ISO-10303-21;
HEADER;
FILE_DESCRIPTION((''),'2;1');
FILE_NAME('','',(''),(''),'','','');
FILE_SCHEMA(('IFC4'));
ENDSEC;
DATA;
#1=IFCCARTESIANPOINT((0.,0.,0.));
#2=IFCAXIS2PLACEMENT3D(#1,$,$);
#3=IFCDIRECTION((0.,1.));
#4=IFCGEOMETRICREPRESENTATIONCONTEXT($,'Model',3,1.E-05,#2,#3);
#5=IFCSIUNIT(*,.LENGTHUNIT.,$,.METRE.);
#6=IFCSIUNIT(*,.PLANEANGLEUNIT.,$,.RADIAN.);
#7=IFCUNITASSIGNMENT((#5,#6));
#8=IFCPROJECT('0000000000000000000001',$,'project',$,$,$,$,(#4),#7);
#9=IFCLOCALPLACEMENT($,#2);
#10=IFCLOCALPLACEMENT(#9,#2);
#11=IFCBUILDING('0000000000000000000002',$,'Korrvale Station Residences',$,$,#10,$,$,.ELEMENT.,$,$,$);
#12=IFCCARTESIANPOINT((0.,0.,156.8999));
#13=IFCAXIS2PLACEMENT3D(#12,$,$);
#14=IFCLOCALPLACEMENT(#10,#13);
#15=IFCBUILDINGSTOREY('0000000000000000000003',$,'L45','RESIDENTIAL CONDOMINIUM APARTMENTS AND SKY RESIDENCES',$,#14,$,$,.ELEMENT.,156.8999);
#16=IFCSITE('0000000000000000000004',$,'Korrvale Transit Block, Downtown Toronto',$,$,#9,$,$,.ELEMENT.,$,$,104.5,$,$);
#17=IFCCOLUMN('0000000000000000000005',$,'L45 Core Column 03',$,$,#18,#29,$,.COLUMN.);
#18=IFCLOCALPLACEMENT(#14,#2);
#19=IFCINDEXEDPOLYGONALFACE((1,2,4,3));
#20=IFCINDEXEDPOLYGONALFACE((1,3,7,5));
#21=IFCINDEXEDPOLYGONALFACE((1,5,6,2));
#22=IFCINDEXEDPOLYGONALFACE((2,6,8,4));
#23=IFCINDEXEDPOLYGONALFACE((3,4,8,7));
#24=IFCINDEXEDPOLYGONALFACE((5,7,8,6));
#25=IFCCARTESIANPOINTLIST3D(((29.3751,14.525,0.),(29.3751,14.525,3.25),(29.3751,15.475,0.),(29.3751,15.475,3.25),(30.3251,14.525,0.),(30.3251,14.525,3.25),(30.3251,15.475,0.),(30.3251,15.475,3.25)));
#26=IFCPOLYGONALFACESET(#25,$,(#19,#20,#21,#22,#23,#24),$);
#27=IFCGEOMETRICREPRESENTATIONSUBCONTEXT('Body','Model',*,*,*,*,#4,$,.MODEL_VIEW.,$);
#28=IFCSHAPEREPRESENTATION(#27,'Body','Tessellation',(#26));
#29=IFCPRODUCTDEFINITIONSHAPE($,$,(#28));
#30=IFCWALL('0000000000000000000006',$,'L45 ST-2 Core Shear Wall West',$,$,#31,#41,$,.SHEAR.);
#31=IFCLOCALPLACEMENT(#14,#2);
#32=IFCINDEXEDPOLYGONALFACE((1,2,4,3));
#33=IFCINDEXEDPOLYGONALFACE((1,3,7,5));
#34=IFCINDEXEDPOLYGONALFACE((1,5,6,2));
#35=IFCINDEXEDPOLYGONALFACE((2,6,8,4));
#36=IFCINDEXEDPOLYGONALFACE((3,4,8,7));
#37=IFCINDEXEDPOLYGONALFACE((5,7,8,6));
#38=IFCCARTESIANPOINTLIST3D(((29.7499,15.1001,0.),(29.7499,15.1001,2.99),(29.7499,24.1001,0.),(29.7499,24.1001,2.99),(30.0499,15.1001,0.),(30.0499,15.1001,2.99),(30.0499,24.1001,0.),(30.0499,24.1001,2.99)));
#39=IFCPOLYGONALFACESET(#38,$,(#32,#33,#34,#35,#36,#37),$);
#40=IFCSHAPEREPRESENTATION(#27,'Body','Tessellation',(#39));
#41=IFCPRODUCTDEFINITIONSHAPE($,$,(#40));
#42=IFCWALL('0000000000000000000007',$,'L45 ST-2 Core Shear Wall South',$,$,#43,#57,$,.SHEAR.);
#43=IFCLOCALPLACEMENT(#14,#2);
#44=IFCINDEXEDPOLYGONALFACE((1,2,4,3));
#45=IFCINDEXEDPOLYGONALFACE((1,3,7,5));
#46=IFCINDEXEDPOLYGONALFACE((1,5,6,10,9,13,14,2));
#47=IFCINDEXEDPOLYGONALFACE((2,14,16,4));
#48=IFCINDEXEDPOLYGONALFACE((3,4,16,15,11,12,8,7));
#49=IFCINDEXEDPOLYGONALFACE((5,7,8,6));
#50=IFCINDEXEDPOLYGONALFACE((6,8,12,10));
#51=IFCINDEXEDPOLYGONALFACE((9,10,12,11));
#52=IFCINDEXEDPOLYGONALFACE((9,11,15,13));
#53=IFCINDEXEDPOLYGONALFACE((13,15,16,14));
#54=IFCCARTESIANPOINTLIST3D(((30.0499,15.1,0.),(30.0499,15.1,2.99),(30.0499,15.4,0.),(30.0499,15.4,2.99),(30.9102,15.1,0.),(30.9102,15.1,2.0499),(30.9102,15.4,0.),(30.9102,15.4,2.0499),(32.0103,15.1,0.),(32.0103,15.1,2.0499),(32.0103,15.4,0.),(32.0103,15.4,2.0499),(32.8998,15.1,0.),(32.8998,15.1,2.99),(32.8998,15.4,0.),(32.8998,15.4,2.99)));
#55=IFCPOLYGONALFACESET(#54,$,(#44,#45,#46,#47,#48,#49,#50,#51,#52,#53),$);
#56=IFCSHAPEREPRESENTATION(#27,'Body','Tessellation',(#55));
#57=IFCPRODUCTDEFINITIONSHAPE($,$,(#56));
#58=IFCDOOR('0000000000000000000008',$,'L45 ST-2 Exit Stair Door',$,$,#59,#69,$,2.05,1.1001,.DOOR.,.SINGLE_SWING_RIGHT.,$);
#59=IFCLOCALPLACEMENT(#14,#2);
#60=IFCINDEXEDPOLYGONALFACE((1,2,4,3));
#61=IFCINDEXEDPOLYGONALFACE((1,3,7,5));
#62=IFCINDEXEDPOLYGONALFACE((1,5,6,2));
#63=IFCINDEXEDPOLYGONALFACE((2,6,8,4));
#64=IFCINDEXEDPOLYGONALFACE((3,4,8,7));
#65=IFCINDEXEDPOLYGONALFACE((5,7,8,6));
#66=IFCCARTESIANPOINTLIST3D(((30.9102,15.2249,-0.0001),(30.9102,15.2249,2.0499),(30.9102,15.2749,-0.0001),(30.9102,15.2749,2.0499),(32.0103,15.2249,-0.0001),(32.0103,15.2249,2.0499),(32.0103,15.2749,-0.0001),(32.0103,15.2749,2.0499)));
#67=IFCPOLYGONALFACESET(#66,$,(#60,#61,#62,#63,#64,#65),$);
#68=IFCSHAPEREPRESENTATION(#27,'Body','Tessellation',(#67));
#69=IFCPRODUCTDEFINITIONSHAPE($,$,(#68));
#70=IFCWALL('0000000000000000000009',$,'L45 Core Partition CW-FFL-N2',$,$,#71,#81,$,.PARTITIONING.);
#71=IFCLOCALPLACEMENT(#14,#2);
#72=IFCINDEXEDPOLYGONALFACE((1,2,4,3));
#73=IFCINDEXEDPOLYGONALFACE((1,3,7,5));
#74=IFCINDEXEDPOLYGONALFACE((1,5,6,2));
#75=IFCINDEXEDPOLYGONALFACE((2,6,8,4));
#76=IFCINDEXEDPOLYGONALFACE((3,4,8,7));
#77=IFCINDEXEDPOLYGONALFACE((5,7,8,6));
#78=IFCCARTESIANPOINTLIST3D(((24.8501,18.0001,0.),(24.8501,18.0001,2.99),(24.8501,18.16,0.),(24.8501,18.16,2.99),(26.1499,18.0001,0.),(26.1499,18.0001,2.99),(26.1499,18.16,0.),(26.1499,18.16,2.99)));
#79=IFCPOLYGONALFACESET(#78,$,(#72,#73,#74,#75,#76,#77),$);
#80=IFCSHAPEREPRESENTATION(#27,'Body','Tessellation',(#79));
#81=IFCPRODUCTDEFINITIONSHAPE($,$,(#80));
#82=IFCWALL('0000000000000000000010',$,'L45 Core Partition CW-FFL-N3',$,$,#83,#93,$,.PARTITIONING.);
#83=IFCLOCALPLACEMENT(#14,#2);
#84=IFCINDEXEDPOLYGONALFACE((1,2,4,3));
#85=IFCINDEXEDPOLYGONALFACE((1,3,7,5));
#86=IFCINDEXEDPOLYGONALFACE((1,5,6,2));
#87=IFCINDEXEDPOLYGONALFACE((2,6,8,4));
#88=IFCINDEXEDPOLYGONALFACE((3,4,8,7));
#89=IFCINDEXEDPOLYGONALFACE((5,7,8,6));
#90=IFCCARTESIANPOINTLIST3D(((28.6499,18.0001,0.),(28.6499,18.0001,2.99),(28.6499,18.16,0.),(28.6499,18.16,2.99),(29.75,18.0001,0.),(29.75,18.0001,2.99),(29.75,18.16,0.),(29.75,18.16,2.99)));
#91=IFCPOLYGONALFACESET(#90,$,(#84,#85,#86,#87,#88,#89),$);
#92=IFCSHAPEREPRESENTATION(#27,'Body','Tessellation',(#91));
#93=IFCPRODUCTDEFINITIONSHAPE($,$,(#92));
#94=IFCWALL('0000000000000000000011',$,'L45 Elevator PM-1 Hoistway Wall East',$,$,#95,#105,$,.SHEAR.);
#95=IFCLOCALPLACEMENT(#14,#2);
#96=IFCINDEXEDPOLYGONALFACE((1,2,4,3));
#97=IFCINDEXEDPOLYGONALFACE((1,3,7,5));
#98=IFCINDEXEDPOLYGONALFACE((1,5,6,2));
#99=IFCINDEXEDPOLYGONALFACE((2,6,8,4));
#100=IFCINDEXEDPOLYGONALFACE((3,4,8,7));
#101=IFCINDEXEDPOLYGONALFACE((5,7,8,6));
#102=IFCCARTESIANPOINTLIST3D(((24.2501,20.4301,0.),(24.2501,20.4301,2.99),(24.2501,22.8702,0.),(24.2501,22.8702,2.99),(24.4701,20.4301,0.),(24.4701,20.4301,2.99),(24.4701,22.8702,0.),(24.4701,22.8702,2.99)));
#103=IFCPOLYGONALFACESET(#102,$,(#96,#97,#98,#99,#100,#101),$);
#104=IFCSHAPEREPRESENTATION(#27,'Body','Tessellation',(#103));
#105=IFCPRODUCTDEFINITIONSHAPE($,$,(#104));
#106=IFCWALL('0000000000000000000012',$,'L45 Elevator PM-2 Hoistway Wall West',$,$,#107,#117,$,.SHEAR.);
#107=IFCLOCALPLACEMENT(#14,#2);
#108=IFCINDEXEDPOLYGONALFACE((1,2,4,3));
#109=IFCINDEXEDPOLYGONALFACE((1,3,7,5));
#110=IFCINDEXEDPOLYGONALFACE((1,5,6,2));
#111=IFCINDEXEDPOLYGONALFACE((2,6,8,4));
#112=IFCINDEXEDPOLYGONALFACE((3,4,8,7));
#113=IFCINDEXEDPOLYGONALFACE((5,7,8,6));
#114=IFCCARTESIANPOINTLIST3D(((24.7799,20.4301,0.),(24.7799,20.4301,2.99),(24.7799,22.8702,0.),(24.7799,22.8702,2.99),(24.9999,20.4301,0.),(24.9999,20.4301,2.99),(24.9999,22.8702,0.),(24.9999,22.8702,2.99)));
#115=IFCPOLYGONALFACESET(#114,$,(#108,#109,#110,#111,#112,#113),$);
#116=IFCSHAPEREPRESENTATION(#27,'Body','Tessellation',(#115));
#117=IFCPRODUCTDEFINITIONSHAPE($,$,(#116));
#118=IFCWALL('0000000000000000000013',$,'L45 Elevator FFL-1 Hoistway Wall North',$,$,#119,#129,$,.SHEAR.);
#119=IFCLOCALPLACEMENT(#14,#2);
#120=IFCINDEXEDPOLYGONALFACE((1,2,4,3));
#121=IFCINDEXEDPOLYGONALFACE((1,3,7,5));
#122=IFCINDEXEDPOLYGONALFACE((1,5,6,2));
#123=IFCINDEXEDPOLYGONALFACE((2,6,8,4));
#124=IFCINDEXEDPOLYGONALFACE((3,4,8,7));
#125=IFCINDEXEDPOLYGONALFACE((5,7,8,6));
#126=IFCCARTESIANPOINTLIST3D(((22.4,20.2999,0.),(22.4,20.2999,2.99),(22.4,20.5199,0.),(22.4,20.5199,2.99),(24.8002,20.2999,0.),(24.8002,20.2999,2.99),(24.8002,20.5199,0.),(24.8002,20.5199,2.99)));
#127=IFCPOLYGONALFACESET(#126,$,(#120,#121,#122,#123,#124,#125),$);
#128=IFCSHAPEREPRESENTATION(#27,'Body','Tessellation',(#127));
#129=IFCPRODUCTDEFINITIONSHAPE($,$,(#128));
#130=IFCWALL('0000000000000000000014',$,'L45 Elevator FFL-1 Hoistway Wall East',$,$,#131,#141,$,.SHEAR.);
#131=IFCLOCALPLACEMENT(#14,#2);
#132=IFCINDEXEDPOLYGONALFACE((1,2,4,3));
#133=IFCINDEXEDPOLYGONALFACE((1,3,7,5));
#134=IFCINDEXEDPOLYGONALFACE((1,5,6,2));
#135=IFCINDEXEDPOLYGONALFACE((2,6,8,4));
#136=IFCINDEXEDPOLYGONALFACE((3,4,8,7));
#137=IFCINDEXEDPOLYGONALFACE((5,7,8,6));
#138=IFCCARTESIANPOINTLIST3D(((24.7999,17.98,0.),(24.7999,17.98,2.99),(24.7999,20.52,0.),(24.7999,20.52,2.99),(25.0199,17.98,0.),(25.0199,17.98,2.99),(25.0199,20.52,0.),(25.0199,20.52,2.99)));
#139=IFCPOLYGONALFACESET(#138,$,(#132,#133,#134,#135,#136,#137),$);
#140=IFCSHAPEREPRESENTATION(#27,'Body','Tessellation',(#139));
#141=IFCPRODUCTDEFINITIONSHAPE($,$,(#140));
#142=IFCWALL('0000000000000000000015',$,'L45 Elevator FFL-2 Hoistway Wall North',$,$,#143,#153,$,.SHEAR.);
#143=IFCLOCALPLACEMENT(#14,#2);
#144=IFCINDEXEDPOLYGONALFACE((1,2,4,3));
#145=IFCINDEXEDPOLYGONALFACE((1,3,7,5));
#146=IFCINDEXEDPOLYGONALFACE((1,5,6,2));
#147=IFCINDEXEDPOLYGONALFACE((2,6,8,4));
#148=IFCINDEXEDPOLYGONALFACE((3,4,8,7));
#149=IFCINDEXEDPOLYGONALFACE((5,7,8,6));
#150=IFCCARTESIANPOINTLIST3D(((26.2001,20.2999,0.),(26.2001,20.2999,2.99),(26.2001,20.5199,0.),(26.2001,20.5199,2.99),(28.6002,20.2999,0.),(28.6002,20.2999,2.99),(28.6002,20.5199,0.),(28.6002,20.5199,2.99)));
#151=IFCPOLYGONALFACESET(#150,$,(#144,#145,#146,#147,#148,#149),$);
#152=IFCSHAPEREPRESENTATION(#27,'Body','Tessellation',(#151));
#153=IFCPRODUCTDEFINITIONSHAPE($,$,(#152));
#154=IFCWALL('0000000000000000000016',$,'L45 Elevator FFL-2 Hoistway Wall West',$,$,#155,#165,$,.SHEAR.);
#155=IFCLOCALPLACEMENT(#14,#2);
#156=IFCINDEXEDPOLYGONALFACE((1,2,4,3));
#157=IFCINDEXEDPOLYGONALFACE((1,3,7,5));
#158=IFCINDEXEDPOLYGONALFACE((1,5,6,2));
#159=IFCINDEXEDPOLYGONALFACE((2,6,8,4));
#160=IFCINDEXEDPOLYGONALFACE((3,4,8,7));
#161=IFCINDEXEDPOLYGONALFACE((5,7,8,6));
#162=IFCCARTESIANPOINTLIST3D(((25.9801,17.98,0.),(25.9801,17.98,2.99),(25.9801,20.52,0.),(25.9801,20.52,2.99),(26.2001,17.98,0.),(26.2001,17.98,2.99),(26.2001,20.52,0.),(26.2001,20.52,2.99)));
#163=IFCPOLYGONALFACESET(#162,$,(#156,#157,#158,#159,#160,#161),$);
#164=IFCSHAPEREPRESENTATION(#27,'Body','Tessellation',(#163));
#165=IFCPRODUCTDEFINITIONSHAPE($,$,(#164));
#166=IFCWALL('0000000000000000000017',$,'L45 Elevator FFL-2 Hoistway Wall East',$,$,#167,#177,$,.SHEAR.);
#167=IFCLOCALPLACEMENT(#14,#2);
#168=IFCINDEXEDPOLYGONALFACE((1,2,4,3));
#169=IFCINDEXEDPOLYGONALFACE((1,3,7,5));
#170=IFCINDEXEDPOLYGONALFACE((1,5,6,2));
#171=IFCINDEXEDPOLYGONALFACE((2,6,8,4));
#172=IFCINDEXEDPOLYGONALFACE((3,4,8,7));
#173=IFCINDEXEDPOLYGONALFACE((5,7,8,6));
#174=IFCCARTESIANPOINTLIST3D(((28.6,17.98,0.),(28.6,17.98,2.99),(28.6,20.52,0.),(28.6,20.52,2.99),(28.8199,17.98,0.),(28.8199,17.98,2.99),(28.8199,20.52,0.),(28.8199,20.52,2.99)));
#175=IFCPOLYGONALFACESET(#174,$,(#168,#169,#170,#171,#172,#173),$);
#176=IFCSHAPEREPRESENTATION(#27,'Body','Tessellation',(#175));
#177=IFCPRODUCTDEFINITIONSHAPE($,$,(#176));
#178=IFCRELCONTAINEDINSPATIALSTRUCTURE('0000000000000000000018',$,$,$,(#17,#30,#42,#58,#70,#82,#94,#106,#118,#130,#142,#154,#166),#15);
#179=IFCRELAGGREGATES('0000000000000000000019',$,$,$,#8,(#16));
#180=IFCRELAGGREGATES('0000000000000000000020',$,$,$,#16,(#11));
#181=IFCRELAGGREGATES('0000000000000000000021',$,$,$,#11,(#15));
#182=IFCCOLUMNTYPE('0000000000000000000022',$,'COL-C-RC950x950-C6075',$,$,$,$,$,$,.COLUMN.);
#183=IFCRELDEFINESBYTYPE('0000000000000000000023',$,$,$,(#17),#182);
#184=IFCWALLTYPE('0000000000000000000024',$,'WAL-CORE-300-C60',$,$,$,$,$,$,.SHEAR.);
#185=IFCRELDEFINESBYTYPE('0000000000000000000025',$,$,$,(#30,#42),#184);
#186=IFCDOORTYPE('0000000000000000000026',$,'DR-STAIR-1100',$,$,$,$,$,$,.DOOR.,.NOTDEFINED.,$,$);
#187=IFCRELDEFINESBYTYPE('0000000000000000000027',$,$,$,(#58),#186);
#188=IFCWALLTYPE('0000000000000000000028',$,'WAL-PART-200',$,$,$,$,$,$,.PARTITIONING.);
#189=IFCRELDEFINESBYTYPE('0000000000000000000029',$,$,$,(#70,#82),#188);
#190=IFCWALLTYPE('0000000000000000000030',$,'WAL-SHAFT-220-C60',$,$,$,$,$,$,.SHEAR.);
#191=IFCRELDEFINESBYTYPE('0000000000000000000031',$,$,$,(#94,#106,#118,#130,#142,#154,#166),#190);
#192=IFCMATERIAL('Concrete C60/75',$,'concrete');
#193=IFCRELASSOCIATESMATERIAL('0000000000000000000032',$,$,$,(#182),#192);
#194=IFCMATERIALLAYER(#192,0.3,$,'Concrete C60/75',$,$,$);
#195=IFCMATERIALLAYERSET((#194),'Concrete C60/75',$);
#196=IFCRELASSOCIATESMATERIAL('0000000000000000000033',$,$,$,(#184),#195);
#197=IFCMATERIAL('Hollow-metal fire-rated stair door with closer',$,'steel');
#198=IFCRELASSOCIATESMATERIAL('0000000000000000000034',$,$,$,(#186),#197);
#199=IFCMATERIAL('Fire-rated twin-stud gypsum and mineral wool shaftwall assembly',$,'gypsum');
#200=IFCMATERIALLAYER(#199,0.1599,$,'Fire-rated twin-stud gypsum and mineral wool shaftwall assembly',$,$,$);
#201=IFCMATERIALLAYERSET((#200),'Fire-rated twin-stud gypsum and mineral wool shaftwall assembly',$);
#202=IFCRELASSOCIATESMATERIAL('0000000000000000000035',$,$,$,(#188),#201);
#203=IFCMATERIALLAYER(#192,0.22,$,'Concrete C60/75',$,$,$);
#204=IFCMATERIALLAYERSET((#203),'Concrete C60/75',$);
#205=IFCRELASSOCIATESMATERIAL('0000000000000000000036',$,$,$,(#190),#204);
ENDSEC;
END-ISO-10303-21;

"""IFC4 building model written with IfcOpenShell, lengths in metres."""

from ifc_helpers import new_model, si_unit, direction, frame, frame_2d, origin, origin_2d, place, context, subcontext, project, spatial, rectangle, extrude, material, layer, layer_set, material_profile, profile_set, type_object, element, fill, save


model = new_model("IFC4")

# Units and contexts
model_context = context("Model", 3, precision=1e-05, world=origin(), true_north=direction((0.0, 1.0)))
body_context = subcontext(model_context, "Body", "Model", "MODEL_VIEW")
ifc_project = project(units=[si_unit("LENGTHUNIT", "METRE"), si_unit("PLANEANGLEUNIT", "RADIAN")], contexts=[model_context])

# Site, building, storey
site_placement = place(None, origin())
site = spatial("IfcSite", under=ifc_project, at=site_placement, Name="Korrvale Transit Block, Downtown Toronto", CompositionType="ELEMENT", RefElevation=104.5)
building_placement = place(site_placement, origin())
building = spatial("IfcBuilding", under=site, at=building_placement, Name="Korrvale Station Residences", CompositionType="ELEMENT")
storey_placement = place(building_placement, frame((0.0, 0.0, 156.8999)))
storey = spatial("IfcBuildingStorey", under=building, at=storey_placement, Name="L45", Description="RESIDENTIAL CONDOMINIUM APARTMENTS AND SKY RESIDENCES", CompositionType="ELEMENT", Elevation=156.8999)

# Column
ifc_material_1 = material(Name="Concrete C60/75", Category="concrete")
ifc_material_profile = material_profile(ifc_material_1, rectangle(XDim=0.95, YDim=0.95, at=origin_2d()), Name="RC950x950")
ifc_profile_set = profile_set([ifc_material_profile], Name="Concrete C60/75")
column_type = type_object("IfcColumnType", Name="COL-C-RC950x950-C6075", PredefinedType="COLUMN", material=ifc_profile_set)
column_placement = place(storey_placement, frame((29.8501, 15.0, 0.0), z_axis=(0.0, 0.0, 1.0), x_axis=(1.0, 0.0, 0.0)))
element("IfcColumn", 1, at=column_placement, inside=storey, type_object=column_type, Name="L45 Core Column 03", PredefinedType="COLUMN", context=body_context, shape_type="SweptSolid", body=[
    extrude(rectangle(XDim=0.95, YDim=0.95, at=origin_2d()), origin(), (0.0, 0.0, 1.0), 3.25),
])

# Wall
ifc_layer_1 = layer(ifc_material_1, 0.3, Name="Concrete C60/75")
ifc_layer_set_1 = layer_set([ifc_layer_1], Name="Concrete C60/75")
wall_type_1 = type_object("IfcWallType", Name="WAL-CORE-300-C60", PredefinedType="SHEAR", material=ifc_layer_set_1)
wall_1_placement = place(storey_placement, frame((29.8999, 15.1001, 0.0), z_axis=(0.0, 0.0, 1.0), x_axis=(0.0, 1.0, 0.0)))
element("IfcWall", 2, at=wall_1_placement, inside=storey, type_object=wall_type_1, Name="L45 ST-2 Core Shear Wall West", PredefinedType="SHEAR", context=body_context, shape_type="SweptSolid", body=[
    extrude(rectangle(XDim=9.0, YDim=0.3, at=frame_2d((4.5, 0.0))), origin(), (0.0, 0.0, 1.0), 2.99),
])

# Wall, opening, door
wall_2_placement = place(storey_placement, frame((30.05, 15.25, 0.0), z_axis=(0.0, 0.0, 1.0), x_axis=(1.0, 0.0, 0.0)))
wall_2 = element("IfcWall", 3, at=wall_2_placement, inside=storey, type_object=wall_type_1, Name="L45 ST-2 Core Shear Wall South", PredefinedType="SHEAR", context=body_context, shape_type="SweptSolid", body=[
    extrude(rectangle(XDim=2.8499, YDim=0.3, at=frame_2d((1.4248, 0.0))), origin(), (0.0, 0.0, 1.0), 2.99),
])
opening_1_placement = place(wall_2_placement, frame((0.8601, 0.0, 0.0)))
opening_1 = element("IfcOpeningElement", 4, at=opening_1_placement, cuts=wall_2, PredefinedType="OPENING", context=body_context, shape_type="SweptSolid", body=[
    extrude(rectangle(XDim=1.1001, YDim=2.05, at=frame_2d((0.55, 1.0249))), frame((0.0, 0.1602, 0.0), z_axis=(0.0, -1.0, 0.0), x_axis=(1.0, 0.0, 0.0)), (0.0, 0.0, 1.0), 0.3201),
])
ifc_material_2 = material(Name="Hollow-metal fire-rated stair door with closer", Category="steel")
door_type_1 = type_object("IfcDoorType", Name="DR-STAIR-1100", OperationType="NOTDEFINED", PredefinedType="DOOR", material=ifc_material_2)
door_1_placement = place(opening_1_placement, origin())
door_1 = element("IfcDoor", 5, at=door_1_placement, inside=storey, type_object=door_type_1, Name="L45 ST-2 Exit Stair Door", OperationType="SINGLE_SWING_RIGHT", OverallHeight=2.05, OverallWidth=1.1001, PredefinedType="DOOR", context=body_context, shape_type="SweptSolid", body=[
    extrude(rectangle(XDim=1.1001, YDim=2.05, at=frame_2d((0.55, 1.0249))), frame((0.0, 0.0249, 0.0), z_axis=(0.0, -1.0, 0.0), x_axis=(1.0, 0.0, 0.0)), (0.0, 0.0, 1.0), 0.05),
])
fill(opening_1, door_1)

# Walls
ifc_material_3 = material(Name="Fire-rated twin-stud gypsum and mineral wool shaftwall assembly", Category="gypsum")
ifc_layer_2 = layer(ifc_material_3, 0.1599, Name="Fire-rated twin-stud gypsum and mineral wool shaftwall assembly")
ifc_layer_set_2 = layer_set([ifc_layer_2], Name="Fire-rated twin-stud gypsum and mineral wool shaftwall assembly")
wall_type_2 = type_object("IfcWallType", Name="WAL-PART-200", PredefinedType="PARTITIONING", material=ifc_layer_set_2)
wall_3_placement = place(storey_placement, frame((24.8501, 18.0801, 0.0), z_axis=(0.0, 0.0, 1.0), x_axis=(1.0, 0.0, 0.0)))
element("IfcWall", 6, at=wall_3_placement, inside=storey, type_object=wall_type_2, Name="L45 Core Partition CW-FFL-N2", PredefinedType="PARTITIONING", context=body_context, shape_type="SweptSolid", body=[
    extrude(rectangle(XDim=1.2998, YDim=0.1599, at=frame_2d((0.6499, 0.0))), origin(), (0.0, 0.0, 1.0), 2.99),
])
wall_4_placement = place(storey_placement, frame((28.6499, 18.0801, 0.0), z_axis=(0.0, 0.0, 1.0), x_axis=(1.0, 0.0, 0.0)))
element("IfcWall", 7, at=wall_4_placement, inside=storey, type_object=wall_type_2, Name="L45 Core Partition CW-FFL-N3", PredefinedType="PARTITIONING", context=body_context, shape_type="SweptSolid", body=[
    extrude(rectangle(XDim=1.1001, YDim=0.1599, at=frame_2d((0.55, 0.0))), origin(), (0.0, 0.0, 1.0), 2.99),
])
ifc_layer_3 = layer(ifc_material_1, 0.22, Name="Concrete C60/75")
ifc_layer_set_3 = layer_set([ifc_layer_3], Name="Concrete C60/75")
wall_type_3 = type_object("IfcWallType", Name="WAL-SHAFT-220-C60", PredefinedType="SHEAR", material=ifc_layer_set_3)
for number, where, z_axis, x_axis, name in (
    (8, (24.3601, 20.4299, 0.0), (0.0, 0.0, 1.0), (0.0, 1.0, 0.0), "L45 Elevator PM-1 Hoistway Wall East"),
    (9, (24.8899, 20.4299, 0.0), (0.0, 0.0, 1.0), (0.0, 1.0, 0.0), "L45 Elevator PM-2 Hoistway Wall West"),
):
    element("IfcWall", number, at=place(storey_placement, frame(where, z_axis=z_axis, x_axis=x_axis)), inside=storey, type_object=wall_type_3, Name=name, PredefinedType="SHEAR", context=body_context, shape_type="SweptSolid", body=[
        extrude(rectangle(XDim=2.4402, YDim=0.22, at=frame_2d((1.2202, 0.0))), origin(), (0.0, 0.0, 1.0), 2.99),
    ])
wall_5_placement = place(storey_placement, frame((22.3999, 20.4099, 0.0), z_axis=(0.0, 0.0, 1.0), x_axis=(1.0, 0.0, 0.0)))
element("IfcWall", 10, at=wall_5_placement, inside=storey, type_object=wall_type_3, Name="L45 Elevator FFL-1 Hoistway Wall North", PredefinedType="SHEAR", context=body_context, shape_type="SweptSolid", body=[
    extrude(rectangle(XDim=2.4001, YDim=0.22, at=frame_2d((1.2002, 0.0))), origin(), (0.0, 0.0, 1.0), 2.99),
])
wall_6_placement = place(storey_placement, frame((24.9099, 17.98, 0.0), z_axis=(0.0, 0.0, 1.0), x_axis=(0.0, 1.0, 0.0)))
element("IfcWall", 11, at=wall_6_placement, inside=storey, type_object=wall_type_3, Name="L45 Elevator FFL-1 Hoistway Wall East", PredefinedType="SHEAR", context=body_context, shape_type="SweptSolid", body=[
    extrude(rectangle(XDim=2.54, YDim=0.22, at=frame_2d((1.27, 0.0))), origin(), (0.0, 0.0, 1.0), 2.99),
])

# Walls
wall_7_placement = place(storey_placement, frame((26.2, 20.4099, 0.0), z_axis=(0.0, 0.0, 1.0), x_axis=(1.0, 0.0, 0.0)))
element("IfcWall", 12, at=wall_7_placement, inside=storey, type_object=wall_type_3, Name="L45 Elevator FFL-2 Hoistway Wall North", PredefinedType="SHEAR", context=body_context, shape_type="SweptSolid", body=[
    extrude(rectangle(XDim=2.4001, YDim=0.22, at=frame_2d((1.2002, 0.0))), origin(), (0.0, 0.0, 1.0), 2.99),
])
for number, where, z_axis, x_axis, name in (
    (13, (26.0901, 17.98, 0.0), (0.0, 0.0, 1.0), (0.0, 1.0, 0.0), "L45 Elevator FFL-2 Hoistway Wall West"),
    (14, (28.71, 17.98, 0.0), (0.0, 0.0, 1.0), (0.0, 1.0, 0.0), "L45 Elevator FFL-2 Hoistway Wall East"),
):
    element("IfcWall", number, at=place(storey_placement, frame(where, z_axis=z_axis, x_axis=x_axis)), inside=storey, type_object=wall_type_3, Name=name, PredefinedType="SHEAR", context=body_context, shape_type="SweptSolid", body=[
        extrude(rectangle(XDim=2.54, YDim=0.22, at=frame_2d((1.27, 0.0))), origin(), (0.0, 0.0, 1.0), 2.99),
    ])

save(model, "model.ifc")
